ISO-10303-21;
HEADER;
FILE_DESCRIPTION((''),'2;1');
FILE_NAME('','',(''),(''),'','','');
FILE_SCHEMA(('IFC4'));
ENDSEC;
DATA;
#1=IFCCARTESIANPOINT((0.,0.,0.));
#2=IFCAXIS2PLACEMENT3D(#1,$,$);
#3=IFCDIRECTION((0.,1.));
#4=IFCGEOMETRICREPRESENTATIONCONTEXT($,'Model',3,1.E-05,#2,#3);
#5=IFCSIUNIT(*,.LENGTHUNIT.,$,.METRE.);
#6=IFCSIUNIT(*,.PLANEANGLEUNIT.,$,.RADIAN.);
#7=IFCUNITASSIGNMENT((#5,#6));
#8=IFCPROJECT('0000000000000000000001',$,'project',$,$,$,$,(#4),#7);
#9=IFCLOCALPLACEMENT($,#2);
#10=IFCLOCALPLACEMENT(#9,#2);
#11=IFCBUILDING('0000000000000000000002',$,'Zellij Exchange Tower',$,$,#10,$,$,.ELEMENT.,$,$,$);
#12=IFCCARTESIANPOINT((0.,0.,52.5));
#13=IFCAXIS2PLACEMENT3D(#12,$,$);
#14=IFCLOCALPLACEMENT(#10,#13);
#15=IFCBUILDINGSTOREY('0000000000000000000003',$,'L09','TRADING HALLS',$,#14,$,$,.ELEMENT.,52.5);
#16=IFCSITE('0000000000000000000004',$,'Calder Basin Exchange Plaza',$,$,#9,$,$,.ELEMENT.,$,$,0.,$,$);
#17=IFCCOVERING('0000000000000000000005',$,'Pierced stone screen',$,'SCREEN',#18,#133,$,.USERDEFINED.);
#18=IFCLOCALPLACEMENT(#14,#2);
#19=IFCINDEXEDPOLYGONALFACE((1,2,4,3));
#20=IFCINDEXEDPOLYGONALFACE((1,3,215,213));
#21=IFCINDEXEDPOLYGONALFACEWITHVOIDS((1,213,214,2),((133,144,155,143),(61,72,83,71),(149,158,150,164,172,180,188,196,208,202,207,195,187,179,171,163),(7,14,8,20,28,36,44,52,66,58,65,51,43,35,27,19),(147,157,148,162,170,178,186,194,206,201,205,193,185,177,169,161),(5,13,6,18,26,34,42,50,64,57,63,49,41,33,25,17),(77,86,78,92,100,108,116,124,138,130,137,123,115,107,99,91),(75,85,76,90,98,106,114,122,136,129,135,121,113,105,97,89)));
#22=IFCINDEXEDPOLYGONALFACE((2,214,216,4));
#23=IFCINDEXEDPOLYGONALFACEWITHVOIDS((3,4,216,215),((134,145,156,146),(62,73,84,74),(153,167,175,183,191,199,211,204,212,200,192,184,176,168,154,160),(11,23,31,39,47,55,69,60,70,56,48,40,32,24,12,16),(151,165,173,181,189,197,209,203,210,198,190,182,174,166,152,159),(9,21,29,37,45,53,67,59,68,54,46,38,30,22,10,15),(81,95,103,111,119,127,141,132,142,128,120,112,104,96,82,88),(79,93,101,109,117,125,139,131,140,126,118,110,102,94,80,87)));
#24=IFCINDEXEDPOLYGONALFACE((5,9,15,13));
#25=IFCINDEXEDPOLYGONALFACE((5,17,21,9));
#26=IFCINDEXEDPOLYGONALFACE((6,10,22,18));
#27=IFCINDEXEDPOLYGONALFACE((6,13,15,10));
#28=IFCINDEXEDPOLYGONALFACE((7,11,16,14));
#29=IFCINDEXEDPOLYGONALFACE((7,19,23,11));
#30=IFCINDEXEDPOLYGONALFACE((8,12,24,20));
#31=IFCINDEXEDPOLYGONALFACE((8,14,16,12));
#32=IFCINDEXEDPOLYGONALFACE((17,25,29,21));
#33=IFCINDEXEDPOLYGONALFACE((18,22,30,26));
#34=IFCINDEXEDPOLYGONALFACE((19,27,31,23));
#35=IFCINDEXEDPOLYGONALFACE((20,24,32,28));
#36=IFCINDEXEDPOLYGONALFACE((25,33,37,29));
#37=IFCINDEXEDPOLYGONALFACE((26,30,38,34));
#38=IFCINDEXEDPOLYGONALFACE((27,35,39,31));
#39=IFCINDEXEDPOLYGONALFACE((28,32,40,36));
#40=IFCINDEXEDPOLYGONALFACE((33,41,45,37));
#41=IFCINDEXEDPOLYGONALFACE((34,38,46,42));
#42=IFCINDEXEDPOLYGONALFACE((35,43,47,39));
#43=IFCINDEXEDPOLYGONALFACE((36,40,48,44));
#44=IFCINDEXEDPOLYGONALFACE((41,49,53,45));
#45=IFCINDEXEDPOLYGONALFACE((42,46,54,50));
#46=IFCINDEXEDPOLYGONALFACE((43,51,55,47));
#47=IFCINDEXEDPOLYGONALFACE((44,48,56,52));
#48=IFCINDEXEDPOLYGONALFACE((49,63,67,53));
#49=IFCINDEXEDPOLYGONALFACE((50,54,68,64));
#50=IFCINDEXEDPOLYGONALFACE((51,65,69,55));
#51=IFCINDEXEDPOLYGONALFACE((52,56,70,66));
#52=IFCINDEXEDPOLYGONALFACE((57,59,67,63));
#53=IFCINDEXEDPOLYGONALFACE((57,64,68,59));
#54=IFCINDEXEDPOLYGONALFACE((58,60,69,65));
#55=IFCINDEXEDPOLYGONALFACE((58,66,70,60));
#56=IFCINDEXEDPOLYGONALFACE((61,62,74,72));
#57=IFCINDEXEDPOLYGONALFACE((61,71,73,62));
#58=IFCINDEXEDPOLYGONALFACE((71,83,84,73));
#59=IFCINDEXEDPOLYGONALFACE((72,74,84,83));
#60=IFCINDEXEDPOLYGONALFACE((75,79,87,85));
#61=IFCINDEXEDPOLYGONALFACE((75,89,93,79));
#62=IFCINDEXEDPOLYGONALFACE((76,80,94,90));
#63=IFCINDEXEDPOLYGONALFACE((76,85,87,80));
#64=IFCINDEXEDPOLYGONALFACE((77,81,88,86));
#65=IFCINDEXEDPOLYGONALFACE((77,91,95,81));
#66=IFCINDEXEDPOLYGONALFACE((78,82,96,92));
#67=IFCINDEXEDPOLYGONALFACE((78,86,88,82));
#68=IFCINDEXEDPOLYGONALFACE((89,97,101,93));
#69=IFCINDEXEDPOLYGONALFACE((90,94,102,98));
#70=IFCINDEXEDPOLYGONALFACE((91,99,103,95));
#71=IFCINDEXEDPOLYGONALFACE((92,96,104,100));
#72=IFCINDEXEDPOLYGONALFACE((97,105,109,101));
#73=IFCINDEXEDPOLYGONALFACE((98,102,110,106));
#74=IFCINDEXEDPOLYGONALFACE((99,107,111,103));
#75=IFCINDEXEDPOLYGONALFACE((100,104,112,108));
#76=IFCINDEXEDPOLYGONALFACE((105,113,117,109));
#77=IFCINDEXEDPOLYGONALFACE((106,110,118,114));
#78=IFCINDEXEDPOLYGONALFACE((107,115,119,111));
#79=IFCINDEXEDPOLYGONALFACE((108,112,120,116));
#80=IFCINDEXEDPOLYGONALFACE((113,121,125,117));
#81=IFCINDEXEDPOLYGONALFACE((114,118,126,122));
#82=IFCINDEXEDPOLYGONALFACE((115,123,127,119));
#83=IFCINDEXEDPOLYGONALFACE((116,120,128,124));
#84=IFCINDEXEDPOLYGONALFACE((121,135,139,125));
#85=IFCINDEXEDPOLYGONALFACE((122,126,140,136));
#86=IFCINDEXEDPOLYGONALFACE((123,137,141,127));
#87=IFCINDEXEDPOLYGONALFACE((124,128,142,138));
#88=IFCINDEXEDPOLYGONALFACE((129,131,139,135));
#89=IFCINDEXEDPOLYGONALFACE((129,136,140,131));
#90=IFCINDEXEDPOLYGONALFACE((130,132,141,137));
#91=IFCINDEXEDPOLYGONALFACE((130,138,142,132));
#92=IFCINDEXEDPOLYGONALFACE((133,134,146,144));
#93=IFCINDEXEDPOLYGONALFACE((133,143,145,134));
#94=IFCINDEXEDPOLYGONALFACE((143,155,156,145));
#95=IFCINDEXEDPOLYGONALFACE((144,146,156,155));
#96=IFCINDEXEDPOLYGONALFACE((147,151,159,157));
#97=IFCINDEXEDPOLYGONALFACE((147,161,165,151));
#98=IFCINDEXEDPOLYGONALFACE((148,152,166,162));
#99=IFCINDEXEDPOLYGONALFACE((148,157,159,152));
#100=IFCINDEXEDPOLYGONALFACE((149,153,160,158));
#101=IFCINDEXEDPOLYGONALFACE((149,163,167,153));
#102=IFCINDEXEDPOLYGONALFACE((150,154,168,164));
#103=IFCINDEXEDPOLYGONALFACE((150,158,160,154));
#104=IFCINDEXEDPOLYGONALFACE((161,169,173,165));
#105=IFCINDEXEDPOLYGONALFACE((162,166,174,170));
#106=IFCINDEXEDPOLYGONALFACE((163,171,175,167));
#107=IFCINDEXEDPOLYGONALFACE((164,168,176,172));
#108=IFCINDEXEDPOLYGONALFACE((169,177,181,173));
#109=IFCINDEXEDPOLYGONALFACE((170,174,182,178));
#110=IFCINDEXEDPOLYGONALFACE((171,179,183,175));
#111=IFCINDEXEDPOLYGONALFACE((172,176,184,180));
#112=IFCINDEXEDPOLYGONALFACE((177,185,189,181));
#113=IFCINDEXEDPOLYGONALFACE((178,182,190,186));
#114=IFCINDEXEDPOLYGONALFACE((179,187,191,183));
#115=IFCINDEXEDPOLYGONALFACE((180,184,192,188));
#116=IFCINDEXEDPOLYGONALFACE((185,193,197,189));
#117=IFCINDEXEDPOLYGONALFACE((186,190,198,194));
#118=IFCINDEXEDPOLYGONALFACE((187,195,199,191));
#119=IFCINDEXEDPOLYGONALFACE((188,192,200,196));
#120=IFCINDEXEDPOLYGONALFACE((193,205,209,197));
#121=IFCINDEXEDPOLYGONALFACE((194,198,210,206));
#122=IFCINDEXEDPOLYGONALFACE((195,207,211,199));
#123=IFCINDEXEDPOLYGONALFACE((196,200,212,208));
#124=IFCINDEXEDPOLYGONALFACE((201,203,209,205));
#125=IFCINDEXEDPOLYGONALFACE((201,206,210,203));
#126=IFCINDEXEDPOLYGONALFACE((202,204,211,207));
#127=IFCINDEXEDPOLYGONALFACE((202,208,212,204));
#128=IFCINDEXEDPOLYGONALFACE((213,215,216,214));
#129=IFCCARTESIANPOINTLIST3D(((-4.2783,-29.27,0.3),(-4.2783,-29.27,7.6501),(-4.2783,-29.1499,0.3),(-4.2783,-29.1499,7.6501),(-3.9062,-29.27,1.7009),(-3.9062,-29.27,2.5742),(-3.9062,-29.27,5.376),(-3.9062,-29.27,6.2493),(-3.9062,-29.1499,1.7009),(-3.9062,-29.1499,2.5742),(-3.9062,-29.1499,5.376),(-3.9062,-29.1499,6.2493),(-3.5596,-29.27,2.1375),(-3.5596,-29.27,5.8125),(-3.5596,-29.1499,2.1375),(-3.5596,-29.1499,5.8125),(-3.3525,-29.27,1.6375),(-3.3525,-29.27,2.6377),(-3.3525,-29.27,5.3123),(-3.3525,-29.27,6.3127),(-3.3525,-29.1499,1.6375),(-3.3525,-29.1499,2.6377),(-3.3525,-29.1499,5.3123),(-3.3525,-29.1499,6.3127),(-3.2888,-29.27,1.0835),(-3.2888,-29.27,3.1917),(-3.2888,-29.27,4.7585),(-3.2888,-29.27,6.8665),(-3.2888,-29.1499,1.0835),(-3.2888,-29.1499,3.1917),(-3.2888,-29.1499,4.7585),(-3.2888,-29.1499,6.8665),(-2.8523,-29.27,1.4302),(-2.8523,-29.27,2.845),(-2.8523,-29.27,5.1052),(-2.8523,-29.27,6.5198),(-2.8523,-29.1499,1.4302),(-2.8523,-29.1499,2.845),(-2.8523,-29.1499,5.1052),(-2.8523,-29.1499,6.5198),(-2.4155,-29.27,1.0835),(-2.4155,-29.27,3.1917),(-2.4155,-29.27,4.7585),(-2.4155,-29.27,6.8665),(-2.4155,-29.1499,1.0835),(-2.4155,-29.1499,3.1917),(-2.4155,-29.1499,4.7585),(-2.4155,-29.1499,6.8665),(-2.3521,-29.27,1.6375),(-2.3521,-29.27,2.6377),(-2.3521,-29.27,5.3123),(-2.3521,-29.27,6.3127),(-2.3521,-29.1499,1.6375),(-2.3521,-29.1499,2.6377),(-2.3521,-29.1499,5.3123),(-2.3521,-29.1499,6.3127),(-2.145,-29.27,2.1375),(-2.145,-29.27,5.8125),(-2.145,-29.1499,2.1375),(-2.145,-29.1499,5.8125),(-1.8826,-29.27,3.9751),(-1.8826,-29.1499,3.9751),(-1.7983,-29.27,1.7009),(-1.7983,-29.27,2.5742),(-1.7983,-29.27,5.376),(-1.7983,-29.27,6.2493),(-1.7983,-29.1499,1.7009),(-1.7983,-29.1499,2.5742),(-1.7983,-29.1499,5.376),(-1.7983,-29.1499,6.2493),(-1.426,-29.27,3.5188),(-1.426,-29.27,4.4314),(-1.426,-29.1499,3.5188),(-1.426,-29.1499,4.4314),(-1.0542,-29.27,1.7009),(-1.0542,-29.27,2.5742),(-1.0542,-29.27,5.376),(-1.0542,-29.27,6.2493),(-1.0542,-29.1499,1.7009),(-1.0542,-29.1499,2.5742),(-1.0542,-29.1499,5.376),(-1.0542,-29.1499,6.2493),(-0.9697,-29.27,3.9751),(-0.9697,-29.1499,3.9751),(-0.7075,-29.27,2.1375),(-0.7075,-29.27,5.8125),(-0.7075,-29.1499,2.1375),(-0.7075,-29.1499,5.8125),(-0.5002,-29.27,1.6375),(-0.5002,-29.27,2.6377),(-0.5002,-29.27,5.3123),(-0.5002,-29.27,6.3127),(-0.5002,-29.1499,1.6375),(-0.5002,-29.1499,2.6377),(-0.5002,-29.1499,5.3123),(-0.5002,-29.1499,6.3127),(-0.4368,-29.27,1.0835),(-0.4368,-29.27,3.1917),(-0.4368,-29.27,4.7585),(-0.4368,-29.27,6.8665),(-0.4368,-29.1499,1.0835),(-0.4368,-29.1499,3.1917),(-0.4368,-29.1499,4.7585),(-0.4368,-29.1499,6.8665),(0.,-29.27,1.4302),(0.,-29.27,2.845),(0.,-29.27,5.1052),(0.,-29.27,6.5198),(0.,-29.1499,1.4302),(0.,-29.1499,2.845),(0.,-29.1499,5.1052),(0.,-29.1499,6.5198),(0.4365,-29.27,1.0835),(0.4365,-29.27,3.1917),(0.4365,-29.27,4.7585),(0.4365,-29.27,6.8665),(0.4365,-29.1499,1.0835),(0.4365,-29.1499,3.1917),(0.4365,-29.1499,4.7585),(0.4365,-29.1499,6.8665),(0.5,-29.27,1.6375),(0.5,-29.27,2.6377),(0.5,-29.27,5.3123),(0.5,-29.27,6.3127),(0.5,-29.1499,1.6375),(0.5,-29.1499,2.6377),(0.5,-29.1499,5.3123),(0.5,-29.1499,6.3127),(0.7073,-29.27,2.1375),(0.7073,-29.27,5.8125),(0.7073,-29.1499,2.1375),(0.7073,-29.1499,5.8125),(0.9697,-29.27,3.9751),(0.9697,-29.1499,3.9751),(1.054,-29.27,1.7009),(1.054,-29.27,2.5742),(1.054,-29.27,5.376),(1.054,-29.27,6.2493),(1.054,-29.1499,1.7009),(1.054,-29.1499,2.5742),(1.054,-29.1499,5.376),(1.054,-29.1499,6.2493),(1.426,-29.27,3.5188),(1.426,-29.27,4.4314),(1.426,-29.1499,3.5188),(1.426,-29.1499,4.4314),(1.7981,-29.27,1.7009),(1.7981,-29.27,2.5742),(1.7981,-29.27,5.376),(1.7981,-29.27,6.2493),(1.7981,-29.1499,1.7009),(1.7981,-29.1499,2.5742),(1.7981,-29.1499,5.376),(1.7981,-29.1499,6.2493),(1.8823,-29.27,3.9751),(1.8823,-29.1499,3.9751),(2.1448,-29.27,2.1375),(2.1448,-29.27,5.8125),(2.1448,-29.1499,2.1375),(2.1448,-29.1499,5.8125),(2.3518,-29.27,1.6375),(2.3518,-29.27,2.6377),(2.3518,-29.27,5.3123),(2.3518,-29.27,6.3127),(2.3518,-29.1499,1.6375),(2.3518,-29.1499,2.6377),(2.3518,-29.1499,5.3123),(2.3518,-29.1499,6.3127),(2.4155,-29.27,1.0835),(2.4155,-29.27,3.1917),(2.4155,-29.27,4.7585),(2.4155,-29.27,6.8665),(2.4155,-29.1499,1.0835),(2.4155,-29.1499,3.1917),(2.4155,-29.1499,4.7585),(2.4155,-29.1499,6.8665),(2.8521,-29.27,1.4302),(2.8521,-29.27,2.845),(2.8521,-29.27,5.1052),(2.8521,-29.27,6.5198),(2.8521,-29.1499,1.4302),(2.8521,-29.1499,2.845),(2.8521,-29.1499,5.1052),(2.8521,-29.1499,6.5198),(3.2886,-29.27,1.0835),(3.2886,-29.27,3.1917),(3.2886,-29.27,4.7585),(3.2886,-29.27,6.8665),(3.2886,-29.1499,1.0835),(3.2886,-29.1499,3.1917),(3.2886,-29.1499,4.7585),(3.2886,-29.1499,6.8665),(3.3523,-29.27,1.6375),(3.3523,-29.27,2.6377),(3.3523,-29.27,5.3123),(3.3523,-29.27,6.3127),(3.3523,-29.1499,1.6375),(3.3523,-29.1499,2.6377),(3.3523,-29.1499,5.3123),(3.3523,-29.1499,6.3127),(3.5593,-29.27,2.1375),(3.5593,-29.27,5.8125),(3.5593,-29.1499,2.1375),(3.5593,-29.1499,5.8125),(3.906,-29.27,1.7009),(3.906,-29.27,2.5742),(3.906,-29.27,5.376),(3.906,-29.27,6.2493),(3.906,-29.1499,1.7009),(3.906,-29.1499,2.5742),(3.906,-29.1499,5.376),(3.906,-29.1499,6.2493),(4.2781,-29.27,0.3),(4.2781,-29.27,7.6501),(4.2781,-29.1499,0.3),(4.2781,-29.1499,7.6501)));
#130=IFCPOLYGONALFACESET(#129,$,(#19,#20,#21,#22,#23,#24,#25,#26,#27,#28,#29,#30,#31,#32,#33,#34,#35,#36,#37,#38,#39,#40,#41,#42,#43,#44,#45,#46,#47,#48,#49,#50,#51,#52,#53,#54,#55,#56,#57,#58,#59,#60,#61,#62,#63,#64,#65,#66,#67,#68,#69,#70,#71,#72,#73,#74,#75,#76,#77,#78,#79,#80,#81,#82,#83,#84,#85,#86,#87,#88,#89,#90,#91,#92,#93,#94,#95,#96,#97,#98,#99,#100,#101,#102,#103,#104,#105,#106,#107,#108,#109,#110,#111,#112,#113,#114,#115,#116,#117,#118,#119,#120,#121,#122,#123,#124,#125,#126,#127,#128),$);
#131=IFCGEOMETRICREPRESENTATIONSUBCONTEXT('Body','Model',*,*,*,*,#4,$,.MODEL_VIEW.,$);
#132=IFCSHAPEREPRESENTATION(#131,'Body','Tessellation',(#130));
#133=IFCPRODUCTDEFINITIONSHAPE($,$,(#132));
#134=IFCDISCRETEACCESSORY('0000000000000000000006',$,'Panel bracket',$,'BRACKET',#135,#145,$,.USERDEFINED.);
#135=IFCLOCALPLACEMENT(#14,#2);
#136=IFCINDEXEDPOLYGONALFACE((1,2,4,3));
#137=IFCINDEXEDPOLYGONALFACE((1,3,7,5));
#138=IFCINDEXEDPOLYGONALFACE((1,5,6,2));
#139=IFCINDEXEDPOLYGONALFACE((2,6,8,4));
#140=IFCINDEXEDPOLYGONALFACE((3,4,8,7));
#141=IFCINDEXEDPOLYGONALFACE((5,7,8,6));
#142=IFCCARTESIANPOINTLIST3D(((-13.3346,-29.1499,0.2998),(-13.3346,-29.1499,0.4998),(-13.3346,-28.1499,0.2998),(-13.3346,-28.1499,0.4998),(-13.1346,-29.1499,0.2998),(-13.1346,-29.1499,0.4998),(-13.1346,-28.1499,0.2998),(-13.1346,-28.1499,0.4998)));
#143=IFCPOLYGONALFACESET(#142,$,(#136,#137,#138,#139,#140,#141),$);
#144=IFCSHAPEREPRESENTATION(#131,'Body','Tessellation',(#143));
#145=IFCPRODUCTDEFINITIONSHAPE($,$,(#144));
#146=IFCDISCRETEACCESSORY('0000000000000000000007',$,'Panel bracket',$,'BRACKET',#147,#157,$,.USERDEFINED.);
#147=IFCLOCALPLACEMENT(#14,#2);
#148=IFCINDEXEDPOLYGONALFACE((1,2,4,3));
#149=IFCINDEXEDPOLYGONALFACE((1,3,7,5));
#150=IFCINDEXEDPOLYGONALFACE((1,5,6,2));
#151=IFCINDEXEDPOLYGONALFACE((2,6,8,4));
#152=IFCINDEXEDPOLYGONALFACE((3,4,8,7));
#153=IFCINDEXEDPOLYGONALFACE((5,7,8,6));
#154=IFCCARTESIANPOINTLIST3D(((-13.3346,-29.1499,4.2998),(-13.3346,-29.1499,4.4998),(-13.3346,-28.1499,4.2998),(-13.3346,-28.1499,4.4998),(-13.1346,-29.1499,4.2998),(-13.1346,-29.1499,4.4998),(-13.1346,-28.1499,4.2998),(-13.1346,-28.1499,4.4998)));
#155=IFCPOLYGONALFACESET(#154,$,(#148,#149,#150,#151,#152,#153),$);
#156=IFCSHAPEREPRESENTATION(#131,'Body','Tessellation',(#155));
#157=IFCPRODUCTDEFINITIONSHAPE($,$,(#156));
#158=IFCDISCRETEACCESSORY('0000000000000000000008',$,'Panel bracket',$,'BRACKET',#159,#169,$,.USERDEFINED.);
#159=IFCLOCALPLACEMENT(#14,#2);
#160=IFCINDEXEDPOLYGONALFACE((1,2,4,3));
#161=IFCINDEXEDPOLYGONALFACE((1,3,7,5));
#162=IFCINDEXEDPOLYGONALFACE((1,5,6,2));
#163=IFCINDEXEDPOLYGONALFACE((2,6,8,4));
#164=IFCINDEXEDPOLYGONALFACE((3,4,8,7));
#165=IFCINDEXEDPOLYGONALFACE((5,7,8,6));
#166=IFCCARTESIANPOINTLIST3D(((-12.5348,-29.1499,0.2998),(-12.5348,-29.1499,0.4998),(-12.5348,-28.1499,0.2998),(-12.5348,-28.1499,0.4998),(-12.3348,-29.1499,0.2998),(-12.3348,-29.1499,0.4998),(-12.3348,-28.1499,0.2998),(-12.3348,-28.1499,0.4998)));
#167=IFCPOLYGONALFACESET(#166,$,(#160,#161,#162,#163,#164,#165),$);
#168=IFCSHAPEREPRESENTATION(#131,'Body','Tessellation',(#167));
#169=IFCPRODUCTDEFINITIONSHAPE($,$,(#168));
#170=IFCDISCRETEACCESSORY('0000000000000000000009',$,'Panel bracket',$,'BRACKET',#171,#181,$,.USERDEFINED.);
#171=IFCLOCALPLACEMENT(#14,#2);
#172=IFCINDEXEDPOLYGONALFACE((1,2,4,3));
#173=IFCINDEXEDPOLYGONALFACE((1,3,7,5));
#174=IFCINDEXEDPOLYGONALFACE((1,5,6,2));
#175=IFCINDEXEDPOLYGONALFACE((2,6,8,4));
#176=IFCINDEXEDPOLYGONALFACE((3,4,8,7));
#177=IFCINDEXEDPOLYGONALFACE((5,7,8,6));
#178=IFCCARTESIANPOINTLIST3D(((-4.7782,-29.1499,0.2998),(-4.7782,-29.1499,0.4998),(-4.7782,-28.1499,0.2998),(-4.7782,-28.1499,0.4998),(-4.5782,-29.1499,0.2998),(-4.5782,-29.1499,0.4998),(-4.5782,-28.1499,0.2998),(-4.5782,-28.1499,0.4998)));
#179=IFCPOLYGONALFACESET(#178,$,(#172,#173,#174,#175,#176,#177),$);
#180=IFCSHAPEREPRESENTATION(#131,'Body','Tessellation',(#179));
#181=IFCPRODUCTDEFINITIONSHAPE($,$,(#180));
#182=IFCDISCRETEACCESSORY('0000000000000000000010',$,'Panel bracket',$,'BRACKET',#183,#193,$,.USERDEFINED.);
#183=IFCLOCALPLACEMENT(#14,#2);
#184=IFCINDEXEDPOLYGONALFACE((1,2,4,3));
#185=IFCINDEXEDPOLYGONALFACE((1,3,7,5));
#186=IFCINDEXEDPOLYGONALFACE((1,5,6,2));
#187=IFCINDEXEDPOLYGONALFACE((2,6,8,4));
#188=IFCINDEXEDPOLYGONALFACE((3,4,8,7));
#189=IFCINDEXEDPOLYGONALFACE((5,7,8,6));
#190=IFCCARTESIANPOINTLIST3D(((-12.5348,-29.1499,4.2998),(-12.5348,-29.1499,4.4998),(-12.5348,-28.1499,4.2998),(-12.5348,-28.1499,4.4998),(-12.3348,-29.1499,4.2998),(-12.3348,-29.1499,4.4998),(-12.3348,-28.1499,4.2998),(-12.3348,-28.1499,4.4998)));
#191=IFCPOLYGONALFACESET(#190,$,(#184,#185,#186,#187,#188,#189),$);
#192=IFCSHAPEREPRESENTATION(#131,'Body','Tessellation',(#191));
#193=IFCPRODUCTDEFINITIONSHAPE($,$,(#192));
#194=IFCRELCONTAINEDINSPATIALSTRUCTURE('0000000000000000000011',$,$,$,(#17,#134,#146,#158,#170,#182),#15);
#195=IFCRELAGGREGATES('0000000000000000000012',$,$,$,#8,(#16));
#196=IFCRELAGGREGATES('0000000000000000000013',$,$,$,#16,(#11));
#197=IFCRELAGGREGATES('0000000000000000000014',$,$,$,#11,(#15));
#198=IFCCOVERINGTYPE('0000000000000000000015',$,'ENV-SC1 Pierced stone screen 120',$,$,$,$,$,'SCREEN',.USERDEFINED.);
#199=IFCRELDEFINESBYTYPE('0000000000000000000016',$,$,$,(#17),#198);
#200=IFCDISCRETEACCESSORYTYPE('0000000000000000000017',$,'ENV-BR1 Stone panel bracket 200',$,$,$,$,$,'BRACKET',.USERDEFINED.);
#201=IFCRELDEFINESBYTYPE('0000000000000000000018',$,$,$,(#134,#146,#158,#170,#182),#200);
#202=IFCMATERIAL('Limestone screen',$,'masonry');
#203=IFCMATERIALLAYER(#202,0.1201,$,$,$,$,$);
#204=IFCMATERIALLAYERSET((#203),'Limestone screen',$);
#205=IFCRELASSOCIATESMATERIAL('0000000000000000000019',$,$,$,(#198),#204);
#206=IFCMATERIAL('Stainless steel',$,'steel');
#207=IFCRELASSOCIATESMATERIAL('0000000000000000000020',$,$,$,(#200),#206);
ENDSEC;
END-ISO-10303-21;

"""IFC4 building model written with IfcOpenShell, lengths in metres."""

from ifc_helpers import new_model, si_unit, direction, frame, origin, origin_2d, place, context, subcontext, project, spatial, polyline, rectangle, outline, extrude, material, layer, layer_set, type_object, element, save


model = new_model("IFC4")

# Units and contexts
model_context = context("Model", 3, precision=1e-05, world=origin(), true_north=direction((0.0, 1.0)))
body_context = subcontext(model_context, "Body", "Model", "MODEL_VIEW")
ifc_project = project(units=[si_unit("LENGTHUNIT", "METRE"), si_unit("PLANEANGLEUNIT", "RADIAN")], contexts=[model_context])

# Site, building, storey
site_placement = place(None, origin())
site = spatial("IfcSite", under=ifc_project, at=site_placement, Name="Calder Basin Exchange Plaza", CompositionType="ELEMENT", RefElevation=0.0)
building_placement = place(site_placement, origin())
building = spatial("IfcBuilding", under=site, at=building_placement, Name="Zellij Exchange Tower", CompositionType="ELEMENT")
storey_placement = place(building_placement, frame((0.0, 0.0, 52.5)))
storey = spatial("IfcBuildingStorey", under=building, at=storey_placement, Name="L09", Description="TRADING HALLS", CompositionType="ELEMENT", Elevation=52.5)

# Covering
ifc_material_1 = material(Name="Limestone screen", Category="masonry")
ifc_layer_1 = layer(ifc_material_1, 0.1201)
ifc_layer_set_1 = layer_set([ifc_layer_1], Name="Limestone screen")
covering_type = type_object("IfcCoveringType", Name="ENV-SC1 Pierced stone screen 120", ElementType="SCREEN", PredefinedType="USERDEFINED", material=ifc_layer_set_1)
covering_1_placement = place(storey_placement, frame((-4.2783, -29.21, 0.3), z_axis=(0.0, 0.0, 1.0), x_axis=(1.0, 0.0, 0.0)))
element("IfcCovering", 1, at=covering_1_placement, inside=storey, type_object=covering_type, Name="Pierced stone screen", ObjectType="SCREEN", PredefinedType="USERDEFINED", context=body_context, shape_type="SweptSolid", body=[
    extrude(outline(polyline([(0.0, 0.0), (8.5564, 0.0), (8.5564, 7.3501), (0.0, 7.3501), (0.0, 0.0)]), holes=[polyline([(2.48, 2.2742), (1.9263, 2.3376), (1.8628, 2.8916), (1.426, 2.5449), (0.9895, 2.8916), (0.9258, 2.3376), (0.3721, 2.2742), (0.7188, 1.8374), (0.3721, 1.4009), (0.9258, 1.3374), (0.9895, 0.7834), (1.426, 1.1301), (1.8628, 0.7834), (1.9263, 1.3374), (2.48, 1.4009), (2.1333, 1.8374), (2.48, 2.2742)]), polyline([(2.48, 5.9492), (1.9263, 6.0127), (1.8628, 6.5664), (1.426, 6.2197), (0.9895, 6.5664), (0.9258, 6.0127), (0.3721, 5.9492), (0.7188, 5.5125), (0.3721, 5.0759), (0.9258, 5.0122), (0.9895, 4.4585), (1.426, 4.8052), (1.8628, 4.4585), (1.9263, 5.0122), (2.48, 5.0759), (2.1333, 5.5125), (2.48, 5.9492)]), polyline([(5.3323, 2.2742), (4.7783, 2.3376), (4.7148, 2.8916), (4.2783, 2.5449), (3.8416, 2.8916), (3.7781, 2.3376), (3.2241, 2.2742), (3.5708, 1.8374), (3.2241, 1.4009), (3.7781, 1.3374), (3.8416, 0.7834), (4.2783, 1.1301), (4.7148, 0.7834), (4.7783, 1.3374), (5.3323, 1.4009), (4.9856, 1.8374), (5.3323, 2.2742)]), polyline([(5.3323, 5.9492), (4.7783, 6.0127), (4.7148, 6.5664), (4.2783, 6.2197), (3.8416, 6.5664), (3.7781, 6.0127), (3.2241, 5.9492), (3.5708, 5.5125), (3.2241, 5.0759), (3.7781, 5.0122), (3.8416, 4.4585), (4.2783, 4.8052), (4.7148, 4.4585), (4.7783, 5.0122), (5.3323, 5.0759), (4.9856, 5.5125), (5.3323, 5.9492)]), polyline([(8.1843, 2.2742), (7.6306, 2.3376), (7.5669, 2.8916), (7.1304, 2.5449), (6.6938, 2.8916), (6.6301, 2.3376), (6.0764, 2.2742), (6.4231, 1.8374), (6.0764, 1.4009), (6.6301, 1.3374), (6.6938, 0.7834), (7.1304, 1.1301), (7.5669, 0.7834), (7.6306, 1.3374), (8.1843, 1.4009), (7.8376, 1.8374), (8.1843, 2.2742)]), polyline([(8.1843, 5.9492), (7.6306, 6.0127), (7.5669, 6.5664), (7.1304, 6.2197), (6.6938, 6.5664), (6.6301, 6.0127), (6.0764, 5.9492), (6.4231, 5.5125), (6.0764, 5.0759), (6.6301, 5.0122), (6.6938, 4.4585), (7.1304, 4.8052), (7.5669, 4.4585), (7.6306, 5.0122), (8.1843, 5.0759), (7.8376, 5.5125), (8.1843, 5.9492)]), polyline([(3.3086, 3.675), (2.8523, 4.1313), (2.3958, 3.675), (2.8523, 3.2188), (3.3086, 3.675)]), polyline([(6.1606, 3.675), (5.7043, 4.1313), (5.248, 3.675), (5.7043, 3.2188), (6.1606, 3.675)])]), frame((0.0, 0.0601, 0.0), z_axis=(0.0, -1.0, 0.0), x_axis=(1.0, 0.0, 0.0)), (0.0, 0.0, 1.0), 0.1201),
])

# Discrete accessories
ifc_material_2 = material(Name="Stainless steel", Category="steel")
discrete_accessory_type = type_object("IfcDiscreteAccessoryType", Name="ENV-BR1 Stone panel bracket 200", ElementType="BRACKET", PredefinedType="USERDEFINED", material=ifc_material_2)
for number, where, z_axis, x_axis, name in (
    (2, (-13.2346, -28.6499, 0.2998), (0.0, 0.0, 1.0), (1.0, 0.0, 0.0), "Panel bracket"),
    (3, (-13.2346, -28.6499, 4.2998), (0.0, 0.0, 1.0), (1.0, 0.0, 0.0), "Panel bracket"),
    (4, (-12.4348, -28.6499, 0.2998), (0.0, 0.0, 1.0), (1.0, 0.0, 0.0), "Panel bracket"),
    (5, (-4.6782, -28.6499, 0.2998), (0.0, 0.0, 1.0), (1.0, 0.0, 0.0), "Panel bracket"),
    (6, (-12.4348, -28.6499, 4.2998), (0.0, 0.0, 1.0), (1.0, 0.0, 0.0), "Panel bracket"),
):
    element("IfcDiscreteAccessory", number, at=place(storey_placement, frame(where, z_axis=z_axis, x_axis=x_axis)), inside=storey, type_object=discrete_accessory_type, Name=name, ObjectType="BRACKET", PredefinedType="USERDEFINED", context=body_context, shape_type="SweptSolid", body=[
        extrude(rectangle(XDim=0.2, YDim=1.0, at=origin_2d()), origin(), (0.0, 0.0, 1.0), 0.2),
    ])

save(model, "model.ifc")
